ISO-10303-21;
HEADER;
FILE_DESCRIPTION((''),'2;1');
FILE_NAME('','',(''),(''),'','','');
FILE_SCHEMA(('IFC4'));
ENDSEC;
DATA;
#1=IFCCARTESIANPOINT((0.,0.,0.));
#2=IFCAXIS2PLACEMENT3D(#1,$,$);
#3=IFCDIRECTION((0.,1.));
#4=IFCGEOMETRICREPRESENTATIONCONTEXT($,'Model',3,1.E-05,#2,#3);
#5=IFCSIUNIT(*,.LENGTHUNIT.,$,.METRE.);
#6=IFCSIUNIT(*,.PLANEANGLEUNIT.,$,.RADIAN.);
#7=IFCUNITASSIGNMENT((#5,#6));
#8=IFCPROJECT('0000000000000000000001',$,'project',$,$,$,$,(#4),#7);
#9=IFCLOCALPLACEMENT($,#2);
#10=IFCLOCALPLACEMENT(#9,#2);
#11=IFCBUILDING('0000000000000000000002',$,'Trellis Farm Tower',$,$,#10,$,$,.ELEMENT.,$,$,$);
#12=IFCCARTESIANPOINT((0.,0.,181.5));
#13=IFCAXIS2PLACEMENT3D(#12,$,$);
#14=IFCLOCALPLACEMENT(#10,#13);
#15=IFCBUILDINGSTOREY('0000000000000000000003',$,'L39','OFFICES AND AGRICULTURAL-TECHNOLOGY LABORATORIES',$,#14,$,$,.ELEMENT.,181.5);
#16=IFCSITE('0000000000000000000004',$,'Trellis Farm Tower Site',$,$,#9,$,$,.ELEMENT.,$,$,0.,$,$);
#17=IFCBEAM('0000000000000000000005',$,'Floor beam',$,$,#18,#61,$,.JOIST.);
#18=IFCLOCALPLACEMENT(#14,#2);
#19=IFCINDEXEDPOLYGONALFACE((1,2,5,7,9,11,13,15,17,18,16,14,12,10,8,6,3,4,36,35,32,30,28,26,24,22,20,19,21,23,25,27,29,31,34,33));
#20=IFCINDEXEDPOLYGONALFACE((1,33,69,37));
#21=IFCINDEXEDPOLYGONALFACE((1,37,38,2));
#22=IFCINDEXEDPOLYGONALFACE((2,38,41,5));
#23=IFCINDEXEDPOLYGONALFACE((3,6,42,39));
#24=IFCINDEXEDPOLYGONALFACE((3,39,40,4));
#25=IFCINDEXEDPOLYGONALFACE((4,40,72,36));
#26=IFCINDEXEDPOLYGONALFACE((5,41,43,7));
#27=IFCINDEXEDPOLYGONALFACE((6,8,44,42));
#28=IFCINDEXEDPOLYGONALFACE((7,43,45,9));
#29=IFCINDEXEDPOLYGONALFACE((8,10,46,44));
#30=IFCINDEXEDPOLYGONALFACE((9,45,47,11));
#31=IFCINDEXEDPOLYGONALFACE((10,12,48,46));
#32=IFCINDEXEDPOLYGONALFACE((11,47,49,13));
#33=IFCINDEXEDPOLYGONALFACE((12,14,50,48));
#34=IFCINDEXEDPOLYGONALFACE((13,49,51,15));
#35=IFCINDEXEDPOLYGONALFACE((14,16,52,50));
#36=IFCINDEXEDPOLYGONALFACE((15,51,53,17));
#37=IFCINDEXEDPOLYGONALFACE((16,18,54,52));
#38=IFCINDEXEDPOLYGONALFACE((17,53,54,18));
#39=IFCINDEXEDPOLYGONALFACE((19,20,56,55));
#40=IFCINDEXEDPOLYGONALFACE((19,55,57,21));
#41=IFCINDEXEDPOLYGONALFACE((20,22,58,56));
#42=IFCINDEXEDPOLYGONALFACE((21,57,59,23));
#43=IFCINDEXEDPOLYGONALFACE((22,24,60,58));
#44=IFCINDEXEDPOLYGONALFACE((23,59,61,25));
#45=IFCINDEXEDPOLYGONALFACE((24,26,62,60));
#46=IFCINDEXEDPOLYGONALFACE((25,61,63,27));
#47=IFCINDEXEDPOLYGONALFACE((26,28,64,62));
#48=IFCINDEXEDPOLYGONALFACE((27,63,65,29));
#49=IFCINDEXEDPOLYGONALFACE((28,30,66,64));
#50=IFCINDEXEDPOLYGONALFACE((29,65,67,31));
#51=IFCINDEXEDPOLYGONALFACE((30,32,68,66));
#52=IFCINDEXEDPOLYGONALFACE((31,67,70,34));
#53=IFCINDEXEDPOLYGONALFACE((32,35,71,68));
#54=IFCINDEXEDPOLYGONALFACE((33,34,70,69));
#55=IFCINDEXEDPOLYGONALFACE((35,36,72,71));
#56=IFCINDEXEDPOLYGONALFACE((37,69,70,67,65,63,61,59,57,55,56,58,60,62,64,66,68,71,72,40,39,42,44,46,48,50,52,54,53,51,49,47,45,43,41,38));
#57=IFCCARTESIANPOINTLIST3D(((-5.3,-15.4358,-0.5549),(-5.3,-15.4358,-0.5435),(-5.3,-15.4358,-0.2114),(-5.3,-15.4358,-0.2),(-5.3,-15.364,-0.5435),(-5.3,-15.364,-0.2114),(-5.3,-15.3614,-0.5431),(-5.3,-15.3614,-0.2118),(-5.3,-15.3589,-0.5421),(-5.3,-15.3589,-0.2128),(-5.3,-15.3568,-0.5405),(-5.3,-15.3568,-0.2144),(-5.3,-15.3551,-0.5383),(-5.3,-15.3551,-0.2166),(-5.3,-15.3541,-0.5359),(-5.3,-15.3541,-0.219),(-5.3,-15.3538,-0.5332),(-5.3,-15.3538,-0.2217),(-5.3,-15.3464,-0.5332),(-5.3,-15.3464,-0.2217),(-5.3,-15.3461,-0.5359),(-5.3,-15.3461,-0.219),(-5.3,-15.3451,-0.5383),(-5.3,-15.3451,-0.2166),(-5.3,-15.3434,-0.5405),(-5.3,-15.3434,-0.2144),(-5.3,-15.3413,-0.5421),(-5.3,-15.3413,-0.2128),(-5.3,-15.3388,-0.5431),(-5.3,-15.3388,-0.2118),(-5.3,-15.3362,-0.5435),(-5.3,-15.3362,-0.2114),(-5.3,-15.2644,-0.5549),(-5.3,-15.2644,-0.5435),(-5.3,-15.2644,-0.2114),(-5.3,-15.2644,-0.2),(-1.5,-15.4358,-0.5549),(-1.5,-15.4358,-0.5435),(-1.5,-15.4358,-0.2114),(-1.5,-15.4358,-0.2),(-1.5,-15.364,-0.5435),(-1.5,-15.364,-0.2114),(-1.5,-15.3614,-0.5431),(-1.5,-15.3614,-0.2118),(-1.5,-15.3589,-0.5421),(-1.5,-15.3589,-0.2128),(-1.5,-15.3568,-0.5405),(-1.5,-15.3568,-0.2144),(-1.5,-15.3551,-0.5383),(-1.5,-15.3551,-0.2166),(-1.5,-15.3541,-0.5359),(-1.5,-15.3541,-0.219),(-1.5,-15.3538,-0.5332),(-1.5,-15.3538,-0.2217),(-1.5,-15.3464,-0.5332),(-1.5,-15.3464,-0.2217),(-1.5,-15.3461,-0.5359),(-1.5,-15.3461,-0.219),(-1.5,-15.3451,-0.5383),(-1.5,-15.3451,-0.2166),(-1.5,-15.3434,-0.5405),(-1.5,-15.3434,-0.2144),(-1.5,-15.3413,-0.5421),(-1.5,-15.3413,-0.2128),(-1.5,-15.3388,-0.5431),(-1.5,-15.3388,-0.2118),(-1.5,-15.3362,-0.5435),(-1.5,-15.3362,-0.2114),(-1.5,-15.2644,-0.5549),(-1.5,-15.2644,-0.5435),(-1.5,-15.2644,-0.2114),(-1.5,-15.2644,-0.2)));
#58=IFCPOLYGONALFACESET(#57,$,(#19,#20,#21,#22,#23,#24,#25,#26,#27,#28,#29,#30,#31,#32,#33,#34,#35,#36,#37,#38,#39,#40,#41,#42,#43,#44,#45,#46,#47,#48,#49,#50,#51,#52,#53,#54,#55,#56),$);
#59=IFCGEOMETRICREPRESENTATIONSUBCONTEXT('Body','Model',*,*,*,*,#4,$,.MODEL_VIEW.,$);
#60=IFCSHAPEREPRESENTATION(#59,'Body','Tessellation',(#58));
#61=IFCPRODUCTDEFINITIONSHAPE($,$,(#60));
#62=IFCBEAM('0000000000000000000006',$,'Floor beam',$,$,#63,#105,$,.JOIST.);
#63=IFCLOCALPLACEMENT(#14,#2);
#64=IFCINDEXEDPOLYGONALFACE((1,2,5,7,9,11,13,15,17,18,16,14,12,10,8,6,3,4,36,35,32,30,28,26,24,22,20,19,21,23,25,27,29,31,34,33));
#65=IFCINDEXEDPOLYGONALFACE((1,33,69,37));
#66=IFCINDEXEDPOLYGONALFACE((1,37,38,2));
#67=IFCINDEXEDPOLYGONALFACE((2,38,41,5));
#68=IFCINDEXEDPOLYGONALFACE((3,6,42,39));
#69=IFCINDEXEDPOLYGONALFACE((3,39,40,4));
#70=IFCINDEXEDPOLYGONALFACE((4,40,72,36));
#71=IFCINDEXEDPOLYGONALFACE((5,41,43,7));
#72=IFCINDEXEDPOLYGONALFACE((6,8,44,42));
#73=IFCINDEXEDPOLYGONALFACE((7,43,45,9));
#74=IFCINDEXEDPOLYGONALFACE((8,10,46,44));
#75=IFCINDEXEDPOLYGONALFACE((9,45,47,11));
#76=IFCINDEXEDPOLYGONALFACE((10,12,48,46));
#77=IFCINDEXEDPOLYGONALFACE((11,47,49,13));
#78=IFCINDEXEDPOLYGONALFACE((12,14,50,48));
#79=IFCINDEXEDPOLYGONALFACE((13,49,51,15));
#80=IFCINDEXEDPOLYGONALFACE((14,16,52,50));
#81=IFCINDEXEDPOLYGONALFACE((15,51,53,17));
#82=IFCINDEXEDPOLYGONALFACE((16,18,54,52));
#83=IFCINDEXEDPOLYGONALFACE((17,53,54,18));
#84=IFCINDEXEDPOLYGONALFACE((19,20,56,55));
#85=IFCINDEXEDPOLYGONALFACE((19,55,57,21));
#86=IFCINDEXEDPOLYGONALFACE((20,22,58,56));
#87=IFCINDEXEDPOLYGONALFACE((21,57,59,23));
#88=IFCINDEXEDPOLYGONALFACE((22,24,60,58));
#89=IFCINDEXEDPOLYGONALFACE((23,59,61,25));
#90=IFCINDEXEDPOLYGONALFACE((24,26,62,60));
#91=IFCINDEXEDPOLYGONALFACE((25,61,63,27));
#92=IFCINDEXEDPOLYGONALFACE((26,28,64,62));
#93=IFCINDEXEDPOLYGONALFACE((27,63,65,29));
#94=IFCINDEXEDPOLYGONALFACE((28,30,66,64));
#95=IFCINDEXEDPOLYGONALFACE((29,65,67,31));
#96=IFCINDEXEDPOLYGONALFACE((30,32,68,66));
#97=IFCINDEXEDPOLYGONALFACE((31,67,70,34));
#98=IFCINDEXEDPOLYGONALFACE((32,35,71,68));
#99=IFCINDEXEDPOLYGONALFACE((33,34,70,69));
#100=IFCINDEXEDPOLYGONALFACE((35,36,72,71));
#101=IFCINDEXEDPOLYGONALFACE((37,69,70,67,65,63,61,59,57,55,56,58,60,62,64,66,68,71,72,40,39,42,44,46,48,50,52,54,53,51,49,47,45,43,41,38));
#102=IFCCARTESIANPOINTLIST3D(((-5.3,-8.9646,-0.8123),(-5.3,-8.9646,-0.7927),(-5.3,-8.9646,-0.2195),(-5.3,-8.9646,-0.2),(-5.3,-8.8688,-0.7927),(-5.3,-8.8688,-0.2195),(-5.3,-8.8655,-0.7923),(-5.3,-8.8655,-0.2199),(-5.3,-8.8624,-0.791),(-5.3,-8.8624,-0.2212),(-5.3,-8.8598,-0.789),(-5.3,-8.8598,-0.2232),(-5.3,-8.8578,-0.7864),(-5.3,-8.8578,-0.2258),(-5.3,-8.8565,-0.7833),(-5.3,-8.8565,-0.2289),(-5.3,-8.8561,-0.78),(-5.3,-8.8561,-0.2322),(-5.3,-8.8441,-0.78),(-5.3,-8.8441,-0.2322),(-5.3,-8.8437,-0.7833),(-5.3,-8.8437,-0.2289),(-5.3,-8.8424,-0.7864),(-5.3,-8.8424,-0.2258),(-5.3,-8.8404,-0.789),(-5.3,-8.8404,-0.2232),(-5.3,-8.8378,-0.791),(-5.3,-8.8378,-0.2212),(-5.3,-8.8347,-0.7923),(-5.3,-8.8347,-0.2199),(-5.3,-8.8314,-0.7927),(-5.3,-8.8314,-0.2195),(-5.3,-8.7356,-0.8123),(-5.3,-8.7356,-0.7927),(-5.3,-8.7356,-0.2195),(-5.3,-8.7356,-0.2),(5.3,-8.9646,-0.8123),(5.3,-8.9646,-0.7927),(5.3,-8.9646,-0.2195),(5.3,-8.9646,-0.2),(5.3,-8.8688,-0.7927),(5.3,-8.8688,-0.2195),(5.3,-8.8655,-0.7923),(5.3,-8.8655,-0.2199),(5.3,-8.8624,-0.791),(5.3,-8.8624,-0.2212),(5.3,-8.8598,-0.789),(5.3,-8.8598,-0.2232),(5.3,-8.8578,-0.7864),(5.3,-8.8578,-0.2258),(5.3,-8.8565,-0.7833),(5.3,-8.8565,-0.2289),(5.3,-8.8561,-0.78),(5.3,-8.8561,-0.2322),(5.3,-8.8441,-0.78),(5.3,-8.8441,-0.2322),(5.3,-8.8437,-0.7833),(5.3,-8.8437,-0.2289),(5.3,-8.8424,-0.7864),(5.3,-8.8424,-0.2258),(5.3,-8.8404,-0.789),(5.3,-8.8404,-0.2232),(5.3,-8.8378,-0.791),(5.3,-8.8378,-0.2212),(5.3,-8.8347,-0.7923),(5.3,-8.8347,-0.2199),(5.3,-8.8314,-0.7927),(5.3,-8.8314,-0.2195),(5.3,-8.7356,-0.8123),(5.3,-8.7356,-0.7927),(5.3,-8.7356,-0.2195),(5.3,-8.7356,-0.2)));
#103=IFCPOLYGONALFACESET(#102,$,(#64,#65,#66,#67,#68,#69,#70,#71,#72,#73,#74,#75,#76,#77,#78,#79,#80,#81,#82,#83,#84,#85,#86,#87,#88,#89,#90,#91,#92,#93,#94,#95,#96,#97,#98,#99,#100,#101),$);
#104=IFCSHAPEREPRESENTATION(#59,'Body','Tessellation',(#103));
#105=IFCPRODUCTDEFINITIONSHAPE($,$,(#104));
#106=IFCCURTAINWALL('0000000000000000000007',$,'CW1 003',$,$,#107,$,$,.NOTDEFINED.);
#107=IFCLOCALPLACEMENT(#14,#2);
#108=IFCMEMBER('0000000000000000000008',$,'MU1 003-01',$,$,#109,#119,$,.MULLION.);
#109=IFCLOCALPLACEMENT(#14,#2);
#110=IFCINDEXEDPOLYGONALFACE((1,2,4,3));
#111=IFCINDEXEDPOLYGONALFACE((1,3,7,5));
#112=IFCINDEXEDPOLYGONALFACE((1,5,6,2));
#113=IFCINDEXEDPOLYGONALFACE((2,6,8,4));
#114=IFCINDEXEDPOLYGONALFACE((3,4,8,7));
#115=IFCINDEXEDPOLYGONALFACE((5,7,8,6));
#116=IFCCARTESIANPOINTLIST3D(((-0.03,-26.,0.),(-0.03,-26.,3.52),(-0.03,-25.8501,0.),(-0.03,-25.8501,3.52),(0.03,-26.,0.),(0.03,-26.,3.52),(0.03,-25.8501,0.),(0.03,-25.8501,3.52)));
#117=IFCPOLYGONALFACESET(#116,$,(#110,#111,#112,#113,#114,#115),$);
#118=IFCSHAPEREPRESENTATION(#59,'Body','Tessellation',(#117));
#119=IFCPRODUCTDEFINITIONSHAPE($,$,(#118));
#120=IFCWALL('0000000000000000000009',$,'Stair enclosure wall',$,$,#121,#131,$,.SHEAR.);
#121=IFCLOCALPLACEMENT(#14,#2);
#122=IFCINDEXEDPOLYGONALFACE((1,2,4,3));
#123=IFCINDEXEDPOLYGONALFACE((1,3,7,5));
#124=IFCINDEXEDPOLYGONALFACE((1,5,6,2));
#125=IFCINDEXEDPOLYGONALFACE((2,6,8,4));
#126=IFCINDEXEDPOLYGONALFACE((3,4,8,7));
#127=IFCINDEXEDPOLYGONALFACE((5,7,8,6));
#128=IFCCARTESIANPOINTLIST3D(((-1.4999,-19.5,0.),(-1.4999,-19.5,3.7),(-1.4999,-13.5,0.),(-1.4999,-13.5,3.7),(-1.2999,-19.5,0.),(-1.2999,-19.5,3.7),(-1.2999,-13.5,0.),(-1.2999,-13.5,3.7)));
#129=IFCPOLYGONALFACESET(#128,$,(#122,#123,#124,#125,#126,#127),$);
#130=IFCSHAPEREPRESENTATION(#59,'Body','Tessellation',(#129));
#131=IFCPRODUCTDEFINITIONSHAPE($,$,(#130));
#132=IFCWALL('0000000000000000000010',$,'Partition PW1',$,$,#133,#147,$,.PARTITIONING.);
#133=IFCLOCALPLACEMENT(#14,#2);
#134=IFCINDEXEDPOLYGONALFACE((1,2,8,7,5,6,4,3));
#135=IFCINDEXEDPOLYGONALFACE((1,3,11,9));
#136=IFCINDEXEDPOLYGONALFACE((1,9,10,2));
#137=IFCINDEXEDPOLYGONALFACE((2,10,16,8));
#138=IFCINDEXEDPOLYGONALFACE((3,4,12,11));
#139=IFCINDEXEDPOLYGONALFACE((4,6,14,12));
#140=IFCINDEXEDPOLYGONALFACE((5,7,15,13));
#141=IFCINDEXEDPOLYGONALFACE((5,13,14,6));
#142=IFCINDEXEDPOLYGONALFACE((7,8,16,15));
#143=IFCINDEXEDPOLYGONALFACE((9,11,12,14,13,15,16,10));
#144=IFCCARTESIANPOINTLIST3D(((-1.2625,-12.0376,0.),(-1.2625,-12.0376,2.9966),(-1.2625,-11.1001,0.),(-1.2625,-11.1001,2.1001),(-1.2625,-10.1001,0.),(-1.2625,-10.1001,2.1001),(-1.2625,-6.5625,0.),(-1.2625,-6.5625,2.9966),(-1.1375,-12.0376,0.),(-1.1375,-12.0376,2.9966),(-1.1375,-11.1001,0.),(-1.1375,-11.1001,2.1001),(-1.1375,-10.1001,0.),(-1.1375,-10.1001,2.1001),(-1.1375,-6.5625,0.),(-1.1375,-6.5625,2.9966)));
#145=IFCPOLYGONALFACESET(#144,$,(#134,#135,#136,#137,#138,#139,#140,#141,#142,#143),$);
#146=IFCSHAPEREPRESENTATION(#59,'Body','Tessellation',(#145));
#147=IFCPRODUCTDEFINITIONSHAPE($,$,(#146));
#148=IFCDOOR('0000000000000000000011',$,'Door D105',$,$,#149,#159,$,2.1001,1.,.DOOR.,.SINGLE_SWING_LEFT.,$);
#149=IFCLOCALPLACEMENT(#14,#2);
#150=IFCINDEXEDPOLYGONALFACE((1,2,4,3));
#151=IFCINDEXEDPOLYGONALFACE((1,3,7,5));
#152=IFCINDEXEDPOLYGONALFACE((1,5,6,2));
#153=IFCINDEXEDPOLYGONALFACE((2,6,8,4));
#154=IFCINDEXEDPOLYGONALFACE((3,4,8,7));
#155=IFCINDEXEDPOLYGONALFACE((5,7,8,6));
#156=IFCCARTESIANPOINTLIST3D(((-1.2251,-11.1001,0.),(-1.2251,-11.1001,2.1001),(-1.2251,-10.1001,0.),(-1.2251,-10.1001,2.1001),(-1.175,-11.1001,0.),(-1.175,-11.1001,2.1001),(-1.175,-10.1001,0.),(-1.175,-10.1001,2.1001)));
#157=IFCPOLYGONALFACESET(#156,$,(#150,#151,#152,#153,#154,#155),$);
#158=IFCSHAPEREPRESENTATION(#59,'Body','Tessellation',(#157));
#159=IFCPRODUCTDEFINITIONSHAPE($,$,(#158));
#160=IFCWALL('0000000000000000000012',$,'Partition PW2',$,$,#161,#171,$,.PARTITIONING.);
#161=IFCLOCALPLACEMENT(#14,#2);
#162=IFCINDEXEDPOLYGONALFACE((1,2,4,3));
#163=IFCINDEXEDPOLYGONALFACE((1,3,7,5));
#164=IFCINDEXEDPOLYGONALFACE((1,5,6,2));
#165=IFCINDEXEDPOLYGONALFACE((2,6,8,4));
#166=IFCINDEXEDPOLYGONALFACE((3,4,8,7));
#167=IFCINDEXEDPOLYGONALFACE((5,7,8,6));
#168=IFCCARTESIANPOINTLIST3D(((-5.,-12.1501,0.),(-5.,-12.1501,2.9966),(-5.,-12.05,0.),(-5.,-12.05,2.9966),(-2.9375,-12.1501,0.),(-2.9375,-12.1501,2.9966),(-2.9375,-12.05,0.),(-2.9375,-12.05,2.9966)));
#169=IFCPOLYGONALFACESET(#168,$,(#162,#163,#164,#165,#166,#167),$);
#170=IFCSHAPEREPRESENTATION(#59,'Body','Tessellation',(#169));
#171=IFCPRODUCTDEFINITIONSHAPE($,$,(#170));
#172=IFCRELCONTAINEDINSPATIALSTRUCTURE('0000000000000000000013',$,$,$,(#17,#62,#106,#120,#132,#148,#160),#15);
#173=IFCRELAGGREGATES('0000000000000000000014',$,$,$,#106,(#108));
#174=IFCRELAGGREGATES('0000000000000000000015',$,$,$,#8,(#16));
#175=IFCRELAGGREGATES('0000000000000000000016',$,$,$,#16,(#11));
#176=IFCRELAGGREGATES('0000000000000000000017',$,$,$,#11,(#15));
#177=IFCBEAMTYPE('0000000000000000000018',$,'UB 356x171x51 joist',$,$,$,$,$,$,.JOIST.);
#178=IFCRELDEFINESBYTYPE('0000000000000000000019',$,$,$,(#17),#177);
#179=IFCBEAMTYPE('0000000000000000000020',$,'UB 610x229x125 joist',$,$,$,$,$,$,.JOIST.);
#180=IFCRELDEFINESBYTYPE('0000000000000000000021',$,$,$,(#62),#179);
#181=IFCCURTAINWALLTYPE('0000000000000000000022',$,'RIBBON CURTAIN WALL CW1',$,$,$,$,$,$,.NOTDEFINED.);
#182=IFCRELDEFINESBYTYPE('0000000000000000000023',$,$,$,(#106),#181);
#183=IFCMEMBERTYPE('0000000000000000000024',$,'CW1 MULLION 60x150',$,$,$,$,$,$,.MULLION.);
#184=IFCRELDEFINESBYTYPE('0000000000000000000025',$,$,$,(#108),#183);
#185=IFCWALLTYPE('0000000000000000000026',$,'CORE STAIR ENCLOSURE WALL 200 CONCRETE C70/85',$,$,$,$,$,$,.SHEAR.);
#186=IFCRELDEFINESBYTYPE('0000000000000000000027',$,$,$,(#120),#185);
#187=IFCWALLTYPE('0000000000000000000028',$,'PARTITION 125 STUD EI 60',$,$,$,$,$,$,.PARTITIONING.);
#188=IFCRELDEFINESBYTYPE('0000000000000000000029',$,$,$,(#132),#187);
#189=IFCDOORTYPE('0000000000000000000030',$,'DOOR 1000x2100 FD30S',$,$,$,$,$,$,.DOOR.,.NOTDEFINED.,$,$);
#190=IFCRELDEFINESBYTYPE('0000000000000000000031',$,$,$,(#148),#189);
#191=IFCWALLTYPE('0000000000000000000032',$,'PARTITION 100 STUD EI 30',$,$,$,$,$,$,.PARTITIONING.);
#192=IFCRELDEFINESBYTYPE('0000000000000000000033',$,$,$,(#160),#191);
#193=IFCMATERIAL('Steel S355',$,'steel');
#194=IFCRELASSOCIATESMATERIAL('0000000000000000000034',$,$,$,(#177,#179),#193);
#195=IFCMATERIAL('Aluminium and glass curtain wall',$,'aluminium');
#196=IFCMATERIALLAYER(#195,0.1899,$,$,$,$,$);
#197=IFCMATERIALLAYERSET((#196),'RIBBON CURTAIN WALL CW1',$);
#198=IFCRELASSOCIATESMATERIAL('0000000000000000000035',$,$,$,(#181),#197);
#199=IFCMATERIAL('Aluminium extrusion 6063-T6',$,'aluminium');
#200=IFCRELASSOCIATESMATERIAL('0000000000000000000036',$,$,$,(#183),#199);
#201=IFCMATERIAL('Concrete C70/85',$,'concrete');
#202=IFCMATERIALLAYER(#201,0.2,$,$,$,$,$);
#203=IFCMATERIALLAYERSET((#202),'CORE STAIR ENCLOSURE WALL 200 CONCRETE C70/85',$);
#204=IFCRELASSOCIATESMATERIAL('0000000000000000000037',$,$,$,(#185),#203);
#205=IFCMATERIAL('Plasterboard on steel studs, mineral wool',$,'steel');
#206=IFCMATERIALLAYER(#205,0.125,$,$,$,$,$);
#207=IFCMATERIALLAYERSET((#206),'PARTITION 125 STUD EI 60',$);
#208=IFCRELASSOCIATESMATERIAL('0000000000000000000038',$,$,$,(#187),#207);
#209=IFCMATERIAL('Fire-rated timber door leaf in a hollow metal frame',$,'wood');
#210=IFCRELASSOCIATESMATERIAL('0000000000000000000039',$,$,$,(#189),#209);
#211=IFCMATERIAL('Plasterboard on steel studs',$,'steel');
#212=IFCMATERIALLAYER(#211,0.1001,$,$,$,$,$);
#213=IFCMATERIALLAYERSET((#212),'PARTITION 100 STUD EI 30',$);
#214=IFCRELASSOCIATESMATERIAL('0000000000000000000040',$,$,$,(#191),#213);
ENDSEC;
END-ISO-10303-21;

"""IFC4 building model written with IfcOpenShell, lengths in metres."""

from ifc_helpers import new_model, si_unit, direction, frame, frame_2d, origin, origin_2d, place, context, subcontext, project, spatial, rectangle, i_section, extrude, source, transform, mapped, material, layer, layer_set, material_profile, profile_set, type_object, element, fill, aggregate, save


model = new_model("IFC4")

# Units and contexts
model_context = context("Model", 3, precision=1e-05, world=origin(), true_north=direction((0.0, 1.0)))
body_context = subcontext(model_context, "Body", "Model", "MODEL_VIEW")
ifc_project = project(units=[si_unit("LENGTHUNIT", "METRE"), si_unit("PLANEANGLEUNIT", "RADIAN")], contexts=[model_context])

# Site, building, storey
site_placement = place(None, origin())
site = spatial("IfcSite", under=ifc_project, at=site_placement, Name="Trellis Farm Tower Site", CompositionType="ELEMENT", RefElevation=0.0)
building_placement = place(site_placement, origin())
building = spatial("IfcBuilding", under=site, at=building_placement, Name="Trellis Farm Tower", CompositionType="ELEMENT")
storey_placement = place(building_placement, frame((0.0, 0.0, 181.5)))
storey = spatial("IfcBuildingStorey", under=building, at=storey_placement, Name="L39", Description="OFFICES AND AGRICULTURAL-TECHNOLOGY LABORATORIES", CompositionType="ELEMENT", Elevation=181.5)

# Shared definitions
ifc_material_1 = material(Name="Concrete C70/85", Category="concrete")

# Beams
ifc_material_2 = material(Name="Steel S355", Category="steel")
ifc_material_profile_1 = material_profile(ifc_material_2, i_section(OverallWidth=0.1714, OverallDepth=0.355, WebThickness=0.0073, FlangeThickness=0.0115, FilletRadius=0.0103, at=origin_2d()), Name="UB 356x171x51")
ifc_profile_set_1 = profile_set([ifc_material_profile_1], Name="Steel S355")
beam_type_1 = type_object("IfcBeamType", Name="UB 356x171x51 joist", PredefinedType="JOIST", material=ifc_profile_set_1)
shared_shape_1 = source(origin(), body_context, "Body", "SweptSolid", [
    extrude(i_section(OverallWidth=0.1714, OverallDepth=0.355, WebThickness=0.0073, FlangeThickness=0.0115, FilletRadius=0.0103, at=origin_2d()), origin(), (0.0, 0.0, 1.0), 3.8),
])
beam_1_placement = place(storey_placement, frame((-5.3, -15.3501, -0.3774), z_axis=(1.0, 0.0, 0.0), x_axis=(0.0, 1.0, 0.0)))
element("IfcBeam", 1, at=beam_1_placement, inside=storey, type_object=beam_type_1, Name="Floor beam", PredefinedType="JOIST", context=body_context, shape_type="MappedRepresentation", body=[
    mapped(shared_shape_1, transform((0.0, 0.0, 0.0))),
])
ifc_material_profile_2 = material_profile(ifc_material_2, i_section(OverallWidth=0.229, OverallDepth=0.6123, WebThickness=0.012, FlangeThickness=0.0195, FilletRadius=0.0127, at=origin_2d()), Name="UB 610x229x125")
ifc_profile_set_2 = profile_set([ifc_material_profile_2], Name="Steel S355")
beam_type_2 = type_object("IfcBeamType", Name="UB 610x229x125 joist", PredefinedType="JOIST", material=ifc_profile_set_2)
shared_shape_2 = source(origin(), body_context, "Body", "SweptSolid", [
    extrude(i_section(OverallWidth=0.229, OverallDepth=0.6123, WebThickness=0.012, FlangeThickness=0.0195, FilletRadius=0.0127, at=origin_2d()), origin(), (0.0, 0.0, 1.0), 10.6001),
])
beam_2_placement = place(storey_placement, frame((-5.3, -8.8501, -0.5061), z_axis=(1.0, 0.0, 0.0), x_axis=(0.0, 1.0, 0.0)))
element("IfcBeam", 2, at=beam_2_placement, inside=storey, type_object=beam_type_2, Name="Floor beam", PredefinedType="JOIST", context=body_context, shape_type="MappedRepresentation", body=[
    mapped(shared_shape_2, transform((0.0, 0.0, 0.0))),
])

# Curtain wall, member
ifc_material_3 = material(Name="Aluminium and glass curtain wall", Category="aluminium")
ifc_layer_1 = layer(ifc_material_3, 0.1899)
ifc_layer_set_1 = layer_set([ifc_layer_1], Name="RIBBON CURTAIN WALL CW1")
curtain_wall_type = type_object("IfcCurtainWallType", Name="RIBBON CURTAIN WALL CW1", PredefinedType="NOTDEFINED", material=ifc_layer_set_1)
placement = place(storey_placement, origin())
curtain_wall = element("IfcCurtainWall", 3, at=placement, inside=storey, type_object=curtain_wall_type, Name="CW1 003", PredefinedType="NOTDEFINED")
ifc_material_4 = material(Name="Aluminium extrusion 6063-T6", Category="aluminium")
ifc_material_profile_3 = material_profile(ifc_material_4, rectangle(XDim=0.0601, YDim=0.1499, at=origin_2d()), Name="MULLION 60x150")
ifc_profile_set_3 = profile_set([ifc_material_profile_3], Name="Aluminium extrusion 6063-T6")
member_type = type_object("IfcMemberType", Name="CW1 MULLION 60x150", PredefinedType="MULLION", material=ifc_profile_set_3)
shared_shape_3 = source(origin(), body_context, "Body", "SweptSolid", [
    extrude(rectangle(XDim=0.0601, YDim=0.1499, at=origin_2d()), origin(), (0.0, 0.0, 1.0), 3.52),
])
member_placement = place(storey_placement, frame((0.0, -25.925, 0.0), z_axis=(0.0, 0.0, 1.0), x_axis=(1.0, 0.0, 0.0)))
member = element("IfcMember", 4, at=member_placement, type_object=member_type, Name="MU1 003-01", PredefinedType="MULLION", context=body_context, shape_type="MappedRepresentation", body=[
    mapped(shared_shape_3, transform((0.0, 0.0, 0.0))),
])
aggregate(curtain_wall, [member])

# Wall
ifc_layer_2 = layer(ifc_material_1, 0.2)
ifc_layer_set_2 = layer_set([ifc_layer_2], Name="CORE STAIR ENCLOSURE WALL 200 CONCRETE C70/85")
wall_type_1 = type_object("IfcWallType", Name="CORE STAIR ENCLOSURE WALL 200 CONCRETE C70/85", PredefinedType="SHEAR", material=ifc_layer_set_2)
shared_shape_4 = source(origin(), body_context, "Body", "SweptSolid", [
    extrude(rectangle(XDim=6.0, YDim=0.2, at=frame_2d((3.0, 0.0))), origin(), (0.0, 0.0, 1.0), 3.7),
])
wall_1_placement = place(storey_placement, frame((-1.3999, -13.5, 0.0), z_axis=(0.0, 0.0, 1.0), x_axis=(0.0, -1.0, 0.0)))
element("IfcWall", 5, at=wall_1_placement, inside=storey, type_object=wall_type_1, Name="Stair enclosure wall", PredefinedType="SHEAR", context=body_context, shape_type="MappedRepresentation", body=[
    mapped(shared_shape_4, transform((0.0, 0.0, 0.0))),
])

# Wall, opening, door
ifc_material_5 = material(Name="Plasterboard on steel studs, mineral wool", Category="steel")
ifc_layer_3 = layer(ifc_material_5, 0.125)
ifc_layer_set_3 = layer_set([ifc_layer_3], Name="PARTITION 125 STUD EI 60")
wall_type_2 = type_object("IfcWallType", Name="PARTITION 125 STUD EI 60", PredefinedType="PARTITIONING", material=ifc_layer_set_3)
shared_shape_5 = source(origin(), body_context, "Body", "SweptSolid", [
    extrude(rectangle(XDim=5.4751, YDim=0.125, at=frame_2d((2.7375, 0.0))), origin(), (0.0, 0.0, 1.0), 2.9966),
])
wall_2_placement = place(storey_placement, frame((-1.2, -6.5625, 0.0), z_axis=(0.0, 0.0, 1.0), x_axis=(0.0, -1.0, 0.0)))
wall_2 = element("IfcWall", 6, at=wall_2_placement, inside=storey, type_object=wall_type_2, Name="Partition PW1", PredefinedType="PARTITIONING", context=body_context, shape_type="MappedRepresentation", body=[
    mapped(shared_shape_5, transform((0.0, 0.0, 0.0))),
])
shared_shape_6 = source(origin(), body_context, "Body", "SweptSolid", [
    extrude(rectangle(XDim=1.0, YDim=2.1001, at=frame_2d((0.5, 1.05))), frame((0.0, 0.0725, 0.0), z_axis=(0.0, -1.0, 0.0), x_axis=(1.0, 0.0, 0.0)), (0.0, 0.0, 1.0), 0.145),
])
opening_1_placement = place(wall_2_placement, frame((3.5376, 0.0, 0.0)))
opening_1 = element("IfcOpeningElement", 7, at=opening_1_placement, cuts=wall_2, PredefinedType="OPENING", context=body_context, shape_type="MappedRepresentation", body=[
    mapped(shared_shape_6, transform((0.0, 0.0, 0.0))),
])
ifc_material_6 = material(Name="Fire-rated timber door leaf in a hollow metal frame", Category="wood")
door_type = type_object("IfcDoorType", Name="DOOR 1000x2100 FD30S", OperationType="NOTDEFINED", PredefinedType="DOOR", material=ifc_material_6)
shared_shape_7 = source(origin(), body_context, "Body", "SweptSolid", [
    extrude(rectangle(XDim=1.0, YDim=2.1001, at=frame_2d((0.5, 1.05))), frame((0.0, 0.0249, 0.0), z_axis=(0.0, -1.0, 0.0), x_axis=(1.0, 0.0, 0.0)), (0.0, 0.0, 1.0), 0.05),
])
door_1_placement = place(opening_1_placement, origin())
door_1 = element("IfcDoor", 8, at=door_1_placement, inside=storey, type_object=door_type, Name="Door D105", OperationType="SINGLE_SWING_LEFT", OverallHeight=2.1001, OverallWidth=1.0, PredefinedType="DOOR", context=body_context, shape_type="MappedRepresentation", body=[
    mapped(shared_shape_7, transform((0.0, 0.0, 0.0))),
])
fill(opening_1, door_1)

# Wall
ifc_material_7 = material(Name="Plasterboard on steel studs", Category="steel")
ifc_layer_4 = layer(ifc_material_7, 0.1001)
ifc_layer_set_4 = layer_set([ifc_layer_4], Name="PARTITION 100 STUD EI 30")
wall_type_3 = type_object("IfcWallType", Name="PARTITION 100 STUD EI 30", PredefinedType="PARTITIONING", material=ifc_layer_set_4)
shared_shape_8 = source(origin(), body_context, "Body", "SweptSolid", [
    extrude(rectangle(XDim=2.0625, YDim=0.1001, at=frame_2d((1.0312, 0.0))), origin(), (0.0, 0.0, 1.0), 2.9966),
])
wall_3_placement = place(storey_placement, frame((-5.0, -12.1001, 0.0), z_axis=(0.0, 0.0, 1.0), x_axis=(1.0, 0.0, 0.0)))
element("IfcWall", 9, at=wall_3_placement, inside=storey, type_object=wall_type_3, Name="Partition PW2", PredefinedType="PARTITIONING", context=body_context, shape_type="MappedRepresentation", body=[
    mapped(shared_shape_8, transform((0.0, 0.0, 0.0))),
])

save(model, "model.ifc")
